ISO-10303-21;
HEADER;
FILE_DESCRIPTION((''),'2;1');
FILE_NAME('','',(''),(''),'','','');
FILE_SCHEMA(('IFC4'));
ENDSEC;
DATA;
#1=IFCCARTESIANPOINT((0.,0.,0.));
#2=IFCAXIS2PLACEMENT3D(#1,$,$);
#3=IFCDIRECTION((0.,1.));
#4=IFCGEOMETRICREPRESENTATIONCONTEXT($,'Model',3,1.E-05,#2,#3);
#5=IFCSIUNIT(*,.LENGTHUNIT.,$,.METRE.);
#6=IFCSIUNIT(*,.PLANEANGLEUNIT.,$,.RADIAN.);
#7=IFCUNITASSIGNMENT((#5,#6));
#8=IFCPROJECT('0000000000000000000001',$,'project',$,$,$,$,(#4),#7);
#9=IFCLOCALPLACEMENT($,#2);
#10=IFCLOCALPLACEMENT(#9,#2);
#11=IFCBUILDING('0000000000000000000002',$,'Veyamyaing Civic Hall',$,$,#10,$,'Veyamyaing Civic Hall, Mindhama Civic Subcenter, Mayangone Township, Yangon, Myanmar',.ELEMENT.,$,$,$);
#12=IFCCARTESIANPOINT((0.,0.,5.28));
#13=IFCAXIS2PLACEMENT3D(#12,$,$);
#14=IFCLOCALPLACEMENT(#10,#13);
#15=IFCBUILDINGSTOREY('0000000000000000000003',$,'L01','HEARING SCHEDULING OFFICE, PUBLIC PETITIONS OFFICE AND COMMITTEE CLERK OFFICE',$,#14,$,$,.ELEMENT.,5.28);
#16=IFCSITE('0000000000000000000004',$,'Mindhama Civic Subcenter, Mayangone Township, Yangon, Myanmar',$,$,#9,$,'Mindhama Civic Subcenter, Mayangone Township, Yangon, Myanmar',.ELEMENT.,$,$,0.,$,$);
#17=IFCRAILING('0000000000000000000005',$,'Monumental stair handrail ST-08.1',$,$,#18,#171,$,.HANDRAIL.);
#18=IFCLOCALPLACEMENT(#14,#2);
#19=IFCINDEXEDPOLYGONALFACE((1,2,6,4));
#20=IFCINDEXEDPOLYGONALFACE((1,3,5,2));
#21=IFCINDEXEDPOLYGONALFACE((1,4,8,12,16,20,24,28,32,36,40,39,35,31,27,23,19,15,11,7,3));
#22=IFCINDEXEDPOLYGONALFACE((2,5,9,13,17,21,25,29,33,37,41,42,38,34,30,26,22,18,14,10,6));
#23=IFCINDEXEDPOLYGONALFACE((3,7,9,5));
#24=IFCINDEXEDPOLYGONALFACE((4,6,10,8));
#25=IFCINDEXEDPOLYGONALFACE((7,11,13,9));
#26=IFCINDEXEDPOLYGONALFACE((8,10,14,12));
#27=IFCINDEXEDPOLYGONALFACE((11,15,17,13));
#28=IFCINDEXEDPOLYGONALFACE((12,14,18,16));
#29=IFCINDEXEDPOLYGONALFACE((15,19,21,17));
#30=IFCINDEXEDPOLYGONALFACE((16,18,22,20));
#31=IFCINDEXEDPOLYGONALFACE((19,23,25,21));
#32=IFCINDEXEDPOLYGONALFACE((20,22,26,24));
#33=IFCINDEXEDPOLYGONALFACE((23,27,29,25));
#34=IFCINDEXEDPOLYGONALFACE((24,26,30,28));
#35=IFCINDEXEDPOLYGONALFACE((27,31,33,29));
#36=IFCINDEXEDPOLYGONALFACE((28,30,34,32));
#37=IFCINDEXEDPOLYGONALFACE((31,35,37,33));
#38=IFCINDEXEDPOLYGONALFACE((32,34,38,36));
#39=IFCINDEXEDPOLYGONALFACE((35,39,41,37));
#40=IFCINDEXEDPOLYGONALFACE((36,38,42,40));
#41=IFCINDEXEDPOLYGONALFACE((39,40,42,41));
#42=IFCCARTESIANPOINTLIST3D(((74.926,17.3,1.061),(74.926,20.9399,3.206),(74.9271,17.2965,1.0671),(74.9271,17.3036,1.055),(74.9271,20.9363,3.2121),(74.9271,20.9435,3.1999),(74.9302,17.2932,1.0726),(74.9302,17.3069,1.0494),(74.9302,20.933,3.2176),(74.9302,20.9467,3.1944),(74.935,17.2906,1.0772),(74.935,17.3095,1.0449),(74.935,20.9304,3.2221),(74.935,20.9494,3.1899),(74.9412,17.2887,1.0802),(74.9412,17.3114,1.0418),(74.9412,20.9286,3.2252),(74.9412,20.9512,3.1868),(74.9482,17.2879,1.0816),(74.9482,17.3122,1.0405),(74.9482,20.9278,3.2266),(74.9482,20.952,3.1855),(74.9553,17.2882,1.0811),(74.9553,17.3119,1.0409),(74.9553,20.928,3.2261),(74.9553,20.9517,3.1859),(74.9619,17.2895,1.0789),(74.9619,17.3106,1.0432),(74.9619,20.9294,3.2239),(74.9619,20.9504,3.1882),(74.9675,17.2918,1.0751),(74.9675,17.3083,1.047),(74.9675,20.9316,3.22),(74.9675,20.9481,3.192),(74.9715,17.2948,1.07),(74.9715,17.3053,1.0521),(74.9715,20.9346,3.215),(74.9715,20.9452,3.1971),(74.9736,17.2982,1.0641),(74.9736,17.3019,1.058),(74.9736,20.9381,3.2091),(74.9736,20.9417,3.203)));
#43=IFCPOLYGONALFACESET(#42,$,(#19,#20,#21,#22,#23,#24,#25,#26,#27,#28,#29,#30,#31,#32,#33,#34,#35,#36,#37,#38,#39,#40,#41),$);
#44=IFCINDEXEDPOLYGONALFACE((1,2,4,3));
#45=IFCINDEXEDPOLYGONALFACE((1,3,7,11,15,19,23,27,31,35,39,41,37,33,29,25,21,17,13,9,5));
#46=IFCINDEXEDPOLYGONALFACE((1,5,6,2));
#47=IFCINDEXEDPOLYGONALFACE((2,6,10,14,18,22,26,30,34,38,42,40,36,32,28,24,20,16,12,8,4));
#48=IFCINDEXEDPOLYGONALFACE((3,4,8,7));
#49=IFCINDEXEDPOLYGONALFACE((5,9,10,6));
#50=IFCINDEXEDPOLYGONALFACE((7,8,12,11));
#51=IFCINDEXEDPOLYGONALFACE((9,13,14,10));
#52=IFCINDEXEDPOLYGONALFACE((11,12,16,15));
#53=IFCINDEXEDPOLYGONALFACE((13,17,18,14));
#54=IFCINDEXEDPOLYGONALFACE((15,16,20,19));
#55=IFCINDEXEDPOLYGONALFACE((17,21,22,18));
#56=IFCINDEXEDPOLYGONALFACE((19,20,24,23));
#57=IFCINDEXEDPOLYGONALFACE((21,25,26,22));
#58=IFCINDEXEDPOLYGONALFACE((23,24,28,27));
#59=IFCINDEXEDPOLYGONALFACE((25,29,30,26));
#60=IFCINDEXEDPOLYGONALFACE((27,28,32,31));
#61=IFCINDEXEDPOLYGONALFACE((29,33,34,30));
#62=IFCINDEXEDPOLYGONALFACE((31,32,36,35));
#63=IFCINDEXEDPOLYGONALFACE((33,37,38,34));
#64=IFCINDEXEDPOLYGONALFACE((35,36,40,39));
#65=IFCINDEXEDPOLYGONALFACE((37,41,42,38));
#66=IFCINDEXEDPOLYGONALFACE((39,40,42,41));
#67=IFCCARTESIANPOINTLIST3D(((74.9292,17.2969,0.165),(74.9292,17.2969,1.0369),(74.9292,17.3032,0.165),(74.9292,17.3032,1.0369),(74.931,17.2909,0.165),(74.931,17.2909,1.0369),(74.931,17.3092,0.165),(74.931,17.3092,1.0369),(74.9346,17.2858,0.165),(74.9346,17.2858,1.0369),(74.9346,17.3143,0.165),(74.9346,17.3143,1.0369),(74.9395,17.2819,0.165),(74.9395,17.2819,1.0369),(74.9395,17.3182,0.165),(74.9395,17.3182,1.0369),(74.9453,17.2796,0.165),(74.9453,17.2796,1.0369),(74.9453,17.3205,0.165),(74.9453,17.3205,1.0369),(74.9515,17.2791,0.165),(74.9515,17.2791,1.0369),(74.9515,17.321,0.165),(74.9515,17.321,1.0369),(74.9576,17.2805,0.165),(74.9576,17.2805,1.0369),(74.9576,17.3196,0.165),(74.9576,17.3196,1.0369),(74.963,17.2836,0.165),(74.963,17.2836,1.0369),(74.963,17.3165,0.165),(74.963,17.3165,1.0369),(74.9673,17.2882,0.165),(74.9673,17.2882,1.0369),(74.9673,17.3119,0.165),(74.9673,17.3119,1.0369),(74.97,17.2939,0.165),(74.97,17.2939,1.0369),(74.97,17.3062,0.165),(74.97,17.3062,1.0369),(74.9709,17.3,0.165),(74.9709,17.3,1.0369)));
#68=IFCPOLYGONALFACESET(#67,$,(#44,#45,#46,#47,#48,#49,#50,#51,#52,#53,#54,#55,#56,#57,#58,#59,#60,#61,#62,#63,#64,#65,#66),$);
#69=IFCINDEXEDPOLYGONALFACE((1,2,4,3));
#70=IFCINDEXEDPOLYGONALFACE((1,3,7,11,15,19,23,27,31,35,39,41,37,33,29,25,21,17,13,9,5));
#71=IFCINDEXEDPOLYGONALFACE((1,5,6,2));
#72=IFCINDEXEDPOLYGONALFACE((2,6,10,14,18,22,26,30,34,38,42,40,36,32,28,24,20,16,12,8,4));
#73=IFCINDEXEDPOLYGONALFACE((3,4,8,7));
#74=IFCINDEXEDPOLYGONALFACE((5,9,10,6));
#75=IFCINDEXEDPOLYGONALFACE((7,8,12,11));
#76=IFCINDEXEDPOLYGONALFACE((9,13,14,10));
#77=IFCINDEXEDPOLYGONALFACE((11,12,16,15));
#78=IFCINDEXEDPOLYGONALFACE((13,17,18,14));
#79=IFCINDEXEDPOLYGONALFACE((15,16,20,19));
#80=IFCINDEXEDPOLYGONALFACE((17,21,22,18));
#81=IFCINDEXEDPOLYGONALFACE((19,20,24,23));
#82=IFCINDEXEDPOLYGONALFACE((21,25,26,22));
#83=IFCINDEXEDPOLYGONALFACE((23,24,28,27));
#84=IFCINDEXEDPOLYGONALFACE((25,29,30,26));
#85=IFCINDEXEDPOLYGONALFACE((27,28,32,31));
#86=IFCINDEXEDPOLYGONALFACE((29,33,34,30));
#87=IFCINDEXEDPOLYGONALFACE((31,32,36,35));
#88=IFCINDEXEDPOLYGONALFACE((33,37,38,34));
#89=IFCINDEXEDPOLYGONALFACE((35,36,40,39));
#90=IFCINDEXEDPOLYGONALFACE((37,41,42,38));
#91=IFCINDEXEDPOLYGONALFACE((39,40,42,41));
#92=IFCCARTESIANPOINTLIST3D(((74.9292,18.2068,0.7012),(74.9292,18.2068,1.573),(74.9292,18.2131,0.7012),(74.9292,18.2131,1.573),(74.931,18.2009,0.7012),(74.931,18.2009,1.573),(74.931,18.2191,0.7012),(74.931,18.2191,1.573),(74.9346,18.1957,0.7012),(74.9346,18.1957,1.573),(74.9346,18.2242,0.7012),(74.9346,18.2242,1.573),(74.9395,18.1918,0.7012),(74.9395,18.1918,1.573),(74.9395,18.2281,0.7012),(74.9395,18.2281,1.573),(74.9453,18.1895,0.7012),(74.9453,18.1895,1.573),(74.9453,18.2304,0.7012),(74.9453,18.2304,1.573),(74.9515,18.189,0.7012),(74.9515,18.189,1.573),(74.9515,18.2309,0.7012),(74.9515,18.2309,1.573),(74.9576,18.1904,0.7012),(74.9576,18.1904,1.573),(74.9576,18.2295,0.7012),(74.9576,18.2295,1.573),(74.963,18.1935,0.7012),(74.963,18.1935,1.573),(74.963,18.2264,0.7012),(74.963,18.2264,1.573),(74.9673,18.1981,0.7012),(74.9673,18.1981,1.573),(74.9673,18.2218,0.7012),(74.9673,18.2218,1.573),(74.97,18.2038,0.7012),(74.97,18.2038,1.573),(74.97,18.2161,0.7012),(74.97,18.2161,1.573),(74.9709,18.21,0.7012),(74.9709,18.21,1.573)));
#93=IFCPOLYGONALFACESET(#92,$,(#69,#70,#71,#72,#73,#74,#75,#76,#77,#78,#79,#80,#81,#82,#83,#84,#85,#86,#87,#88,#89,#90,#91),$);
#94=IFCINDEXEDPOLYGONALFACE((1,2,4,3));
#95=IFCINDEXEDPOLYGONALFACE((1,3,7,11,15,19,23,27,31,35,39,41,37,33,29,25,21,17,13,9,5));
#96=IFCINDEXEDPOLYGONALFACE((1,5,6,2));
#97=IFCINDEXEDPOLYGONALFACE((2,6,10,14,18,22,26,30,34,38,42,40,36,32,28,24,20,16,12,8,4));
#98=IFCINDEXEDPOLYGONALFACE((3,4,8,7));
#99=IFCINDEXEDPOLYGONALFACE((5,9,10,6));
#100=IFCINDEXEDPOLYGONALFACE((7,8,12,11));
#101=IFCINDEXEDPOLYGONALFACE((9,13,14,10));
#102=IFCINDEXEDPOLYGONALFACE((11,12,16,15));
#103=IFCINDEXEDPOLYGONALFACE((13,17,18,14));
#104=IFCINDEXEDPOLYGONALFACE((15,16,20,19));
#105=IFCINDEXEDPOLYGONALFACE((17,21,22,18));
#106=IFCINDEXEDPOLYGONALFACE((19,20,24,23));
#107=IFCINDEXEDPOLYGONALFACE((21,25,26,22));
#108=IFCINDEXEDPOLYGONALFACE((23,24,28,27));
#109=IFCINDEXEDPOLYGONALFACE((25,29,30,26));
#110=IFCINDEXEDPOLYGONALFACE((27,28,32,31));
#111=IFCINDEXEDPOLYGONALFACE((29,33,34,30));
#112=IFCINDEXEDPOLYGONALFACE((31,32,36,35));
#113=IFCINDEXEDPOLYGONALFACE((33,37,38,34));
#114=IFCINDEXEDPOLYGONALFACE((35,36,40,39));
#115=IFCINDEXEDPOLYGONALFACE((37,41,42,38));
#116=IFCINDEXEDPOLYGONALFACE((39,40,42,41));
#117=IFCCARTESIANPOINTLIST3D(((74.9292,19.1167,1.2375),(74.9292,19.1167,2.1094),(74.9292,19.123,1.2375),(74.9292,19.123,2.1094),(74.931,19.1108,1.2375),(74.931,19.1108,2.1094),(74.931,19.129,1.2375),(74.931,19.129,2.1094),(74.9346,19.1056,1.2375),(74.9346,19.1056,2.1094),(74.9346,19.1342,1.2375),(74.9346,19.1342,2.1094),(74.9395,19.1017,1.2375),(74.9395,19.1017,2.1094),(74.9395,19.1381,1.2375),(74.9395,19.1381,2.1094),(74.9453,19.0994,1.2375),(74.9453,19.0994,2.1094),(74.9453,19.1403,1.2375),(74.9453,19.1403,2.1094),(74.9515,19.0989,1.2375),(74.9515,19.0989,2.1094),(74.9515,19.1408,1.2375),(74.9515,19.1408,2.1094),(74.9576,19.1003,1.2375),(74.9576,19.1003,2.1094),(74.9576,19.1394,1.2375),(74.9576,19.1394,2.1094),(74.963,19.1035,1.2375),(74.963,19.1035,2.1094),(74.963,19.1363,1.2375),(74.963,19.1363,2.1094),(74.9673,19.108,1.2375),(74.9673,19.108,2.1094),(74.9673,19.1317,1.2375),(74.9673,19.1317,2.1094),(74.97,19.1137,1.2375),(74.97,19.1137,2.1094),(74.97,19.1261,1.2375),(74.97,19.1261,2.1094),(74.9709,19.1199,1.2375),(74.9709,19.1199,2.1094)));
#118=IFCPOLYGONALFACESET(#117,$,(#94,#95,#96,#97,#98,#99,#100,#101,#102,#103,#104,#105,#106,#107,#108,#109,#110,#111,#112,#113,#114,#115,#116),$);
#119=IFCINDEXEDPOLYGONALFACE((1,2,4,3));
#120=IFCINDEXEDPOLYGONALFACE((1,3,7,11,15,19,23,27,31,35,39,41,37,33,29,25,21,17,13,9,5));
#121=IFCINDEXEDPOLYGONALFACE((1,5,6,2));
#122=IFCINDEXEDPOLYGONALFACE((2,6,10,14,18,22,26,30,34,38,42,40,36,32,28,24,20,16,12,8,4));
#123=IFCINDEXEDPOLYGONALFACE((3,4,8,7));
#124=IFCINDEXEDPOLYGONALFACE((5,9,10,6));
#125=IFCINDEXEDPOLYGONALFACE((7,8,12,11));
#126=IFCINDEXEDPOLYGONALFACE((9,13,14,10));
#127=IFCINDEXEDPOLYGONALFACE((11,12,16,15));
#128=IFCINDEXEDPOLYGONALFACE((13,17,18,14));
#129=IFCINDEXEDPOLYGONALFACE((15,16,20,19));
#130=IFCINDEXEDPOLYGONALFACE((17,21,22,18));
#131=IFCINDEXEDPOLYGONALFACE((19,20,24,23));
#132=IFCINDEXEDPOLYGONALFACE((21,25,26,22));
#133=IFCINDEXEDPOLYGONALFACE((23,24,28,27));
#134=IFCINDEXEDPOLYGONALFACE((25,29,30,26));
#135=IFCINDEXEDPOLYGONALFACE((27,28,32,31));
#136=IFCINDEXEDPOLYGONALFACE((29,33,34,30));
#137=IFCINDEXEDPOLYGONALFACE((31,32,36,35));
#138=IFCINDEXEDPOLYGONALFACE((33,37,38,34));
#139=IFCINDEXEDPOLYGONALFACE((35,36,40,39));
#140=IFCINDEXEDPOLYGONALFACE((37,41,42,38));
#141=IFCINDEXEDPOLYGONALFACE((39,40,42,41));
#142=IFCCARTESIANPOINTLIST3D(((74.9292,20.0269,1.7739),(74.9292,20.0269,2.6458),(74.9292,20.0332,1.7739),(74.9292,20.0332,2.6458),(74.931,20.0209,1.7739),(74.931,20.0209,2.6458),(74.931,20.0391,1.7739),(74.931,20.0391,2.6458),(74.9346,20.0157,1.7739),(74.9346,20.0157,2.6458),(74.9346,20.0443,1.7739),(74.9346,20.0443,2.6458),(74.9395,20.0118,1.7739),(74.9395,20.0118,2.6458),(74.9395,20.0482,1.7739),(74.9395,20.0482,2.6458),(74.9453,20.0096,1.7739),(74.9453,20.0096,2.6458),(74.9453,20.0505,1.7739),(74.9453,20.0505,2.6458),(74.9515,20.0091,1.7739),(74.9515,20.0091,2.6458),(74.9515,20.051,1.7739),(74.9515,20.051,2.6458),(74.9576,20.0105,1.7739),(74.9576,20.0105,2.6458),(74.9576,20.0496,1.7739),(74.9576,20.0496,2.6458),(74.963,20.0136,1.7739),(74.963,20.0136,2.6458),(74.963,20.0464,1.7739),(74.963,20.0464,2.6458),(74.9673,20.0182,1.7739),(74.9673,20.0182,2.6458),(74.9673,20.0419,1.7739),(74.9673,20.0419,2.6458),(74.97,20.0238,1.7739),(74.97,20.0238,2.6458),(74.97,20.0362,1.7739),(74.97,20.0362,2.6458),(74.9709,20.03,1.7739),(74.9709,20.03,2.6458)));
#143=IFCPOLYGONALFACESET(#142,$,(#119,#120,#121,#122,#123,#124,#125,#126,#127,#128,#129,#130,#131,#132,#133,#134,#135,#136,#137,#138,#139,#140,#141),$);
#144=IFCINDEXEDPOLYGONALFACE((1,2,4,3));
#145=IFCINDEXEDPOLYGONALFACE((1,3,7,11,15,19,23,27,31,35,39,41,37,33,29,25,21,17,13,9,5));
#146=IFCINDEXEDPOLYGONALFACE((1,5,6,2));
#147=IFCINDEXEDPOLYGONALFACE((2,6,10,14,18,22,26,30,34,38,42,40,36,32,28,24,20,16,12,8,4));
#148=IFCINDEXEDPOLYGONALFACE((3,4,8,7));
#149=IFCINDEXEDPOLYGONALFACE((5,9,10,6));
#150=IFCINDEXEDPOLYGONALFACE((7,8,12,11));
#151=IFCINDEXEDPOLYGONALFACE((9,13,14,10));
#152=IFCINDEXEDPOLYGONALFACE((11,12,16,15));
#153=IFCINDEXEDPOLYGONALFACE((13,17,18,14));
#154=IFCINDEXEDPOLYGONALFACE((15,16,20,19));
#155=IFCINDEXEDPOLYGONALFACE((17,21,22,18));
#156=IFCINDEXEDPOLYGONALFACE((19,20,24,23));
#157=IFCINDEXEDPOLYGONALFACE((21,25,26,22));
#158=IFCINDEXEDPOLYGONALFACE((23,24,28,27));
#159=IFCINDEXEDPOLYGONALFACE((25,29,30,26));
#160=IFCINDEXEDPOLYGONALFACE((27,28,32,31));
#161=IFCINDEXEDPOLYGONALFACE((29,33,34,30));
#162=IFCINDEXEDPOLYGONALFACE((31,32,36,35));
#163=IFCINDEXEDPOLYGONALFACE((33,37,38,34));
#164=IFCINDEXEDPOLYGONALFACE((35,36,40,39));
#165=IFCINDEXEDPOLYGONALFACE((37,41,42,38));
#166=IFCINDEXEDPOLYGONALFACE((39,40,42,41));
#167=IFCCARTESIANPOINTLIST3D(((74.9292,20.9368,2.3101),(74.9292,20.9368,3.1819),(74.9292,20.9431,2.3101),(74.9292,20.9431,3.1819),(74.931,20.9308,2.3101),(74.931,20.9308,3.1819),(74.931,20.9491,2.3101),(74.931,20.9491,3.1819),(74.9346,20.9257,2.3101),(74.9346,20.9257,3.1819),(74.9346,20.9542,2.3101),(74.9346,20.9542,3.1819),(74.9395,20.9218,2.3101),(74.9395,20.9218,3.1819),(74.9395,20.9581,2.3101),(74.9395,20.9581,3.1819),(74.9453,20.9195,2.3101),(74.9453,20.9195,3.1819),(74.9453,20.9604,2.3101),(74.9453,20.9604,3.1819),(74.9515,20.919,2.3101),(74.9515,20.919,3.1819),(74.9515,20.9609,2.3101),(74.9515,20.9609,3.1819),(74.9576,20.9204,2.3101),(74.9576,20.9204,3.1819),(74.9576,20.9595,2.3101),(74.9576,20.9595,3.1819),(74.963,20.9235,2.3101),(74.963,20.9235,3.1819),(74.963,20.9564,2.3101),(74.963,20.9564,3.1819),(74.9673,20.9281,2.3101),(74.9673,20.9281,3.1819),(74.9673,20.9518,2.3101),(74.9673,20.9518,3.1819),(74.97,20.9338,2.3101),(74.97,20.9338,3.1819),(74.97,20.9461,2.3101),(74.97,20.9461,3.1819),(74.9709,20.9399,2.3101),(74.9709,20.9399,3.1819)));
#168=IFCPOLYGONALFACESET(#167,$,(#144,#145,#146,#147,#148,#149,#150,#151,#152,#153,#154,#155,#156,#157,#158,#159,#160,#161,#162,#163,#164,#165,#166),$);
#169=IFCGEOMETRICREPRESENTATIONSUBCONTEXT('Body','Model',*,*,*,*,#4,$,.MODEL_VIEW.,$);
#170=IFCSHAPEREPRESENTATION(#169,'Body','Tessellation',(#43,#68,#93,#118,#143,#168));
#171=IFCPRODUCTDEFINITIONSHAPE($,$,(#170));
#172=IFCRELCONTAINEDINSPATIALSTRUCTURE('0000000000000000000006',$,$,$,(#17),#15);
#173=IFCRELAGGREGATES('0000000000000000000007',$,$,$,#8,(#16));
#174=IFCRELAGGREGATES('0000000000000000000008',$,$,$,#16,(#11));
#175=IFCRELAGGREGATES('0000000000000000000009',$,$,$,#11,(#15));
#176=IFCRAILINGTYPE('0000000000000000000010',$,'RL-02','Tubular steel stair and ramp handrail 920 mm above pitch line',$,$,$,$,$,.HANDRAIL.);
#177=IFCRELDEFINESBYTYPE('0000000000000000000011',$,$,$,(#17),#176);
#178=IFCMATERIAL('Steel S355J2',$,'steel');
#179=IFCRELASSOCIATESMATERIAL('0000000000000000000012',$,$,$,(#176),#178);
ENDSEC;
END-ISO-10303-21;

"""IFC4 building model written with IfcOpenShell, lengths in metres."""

from ifc_helpers import new_model, si_unit, direction, frame, origin, origin_2d, place, context, subcontext, project, spatial, circle, extrude, material, type_object, element, save


model = new_model("IFC4")

# Units and contexts
model_context = context("Model", 3, precision=1e-05, world=origin(), true_north=direction((0.0, 1.0)))
body_context = subcontext(model_context, "Body", "Model", "MODEL_VIEW")
ifc_project = project(units=[si_unit("LENGTHUNIT", "METRE"), si_unit("PLANEANGLEUNIT", "RADIAN")], contexts=[model_context])

# Site, building, storey
site_placement = place(None, origin())
site = spatial("IfcSite", under=ifc_project, at=site_placement, Name="Mindhama Civic Subcenter, Mayangone Township, Yangon, Myanmar", LongName="Mindhama Civic Subcenter, Mayangone Township, Yangon, Myanmar", CompositionType="ELEMENT", RefElevation=0.0)
building_placement = place(site_placement, origin())
building = spatial("IfcBuilding", under=site, at=building_placement, Name="Veyamyaing Civic Hall", LongName="Veyamyaing Civic Hall, Mindhama Civic Subcenter, Mayangone Township, Yangon, Myanmar", CompositionType="ELEMENT")
storey_placement = place(building_placement, frame((0.0, 0.0, 5.28)))
storey = spatial("IfcBuildingStorey", under=building, at=storey_placement, Name="L01", Description="HEARING SCHEDULING OFFICE, PUBLIC PETITIONS OFFICE AND COMMITTEE CLERK OFFICE", CompositionType="ELEMENT", Elevation=5.28)

# Railing
ifc_material_1 = material(Name="Steel S355J2", Category="steel")
railing_type = type_object("IfcRailingType", Name="RL-02", Description="Tubular steel stair and ramp handrail 920 mm above pitch line", PredefinedType="HANDRAIL", material=ifc_material_1)
for number, where, name in (
    (1, (74.95, 17.3, 0.165), "Monumental stair handrail ST-08.1"),
):
    element("IfcRailing", number, at=place(storey_placement, frame(where)), inside=storey, type_object=railing_type, Name=name, PredefinedType="HANDRAIL", context=body_context, shape_type="SweptSolid", body=[
        extrude(circle(Radius=0.0239, at=origin_2d()), frame((0.0, 0.0, 0.896), z_axis=(0.0, 0.86153, 0.507707), x_axis=(-1.0, 0.0, 0.0)), (0.0, 0.0, 1.0), 4.2249),
        extrude(circle(Radius=0.021, at=origin_2d()), origin(), (0.0, 0.0, 1.0), 0.8718),
        extrude(circle(Radius=0.021, at=origin_2d()), frame((0.0, 0.9099, 0.5361)), (0.0, 0.0, 1.0), 0.8718),
        extrude(circle(Radius=0.021, at=origin_2d()), frame((0.0, 1.8198, 1.0725)), (0.0, 0.0, 1.0), 0.8718),
        extrude(circle(Radius=0.021, at=origin_2d()), frame((0.0, 2.73, 1.6089)), (0.0, 0.0, 1.0), 0.8718),
        extrude(circle(Radius=0.021, at=origin_2d()), frame((0.0, 3.6399, 2.145)), (0.0, 0.0, 1.0), 0.8718),
    ])

save(model, "model.ifc")
